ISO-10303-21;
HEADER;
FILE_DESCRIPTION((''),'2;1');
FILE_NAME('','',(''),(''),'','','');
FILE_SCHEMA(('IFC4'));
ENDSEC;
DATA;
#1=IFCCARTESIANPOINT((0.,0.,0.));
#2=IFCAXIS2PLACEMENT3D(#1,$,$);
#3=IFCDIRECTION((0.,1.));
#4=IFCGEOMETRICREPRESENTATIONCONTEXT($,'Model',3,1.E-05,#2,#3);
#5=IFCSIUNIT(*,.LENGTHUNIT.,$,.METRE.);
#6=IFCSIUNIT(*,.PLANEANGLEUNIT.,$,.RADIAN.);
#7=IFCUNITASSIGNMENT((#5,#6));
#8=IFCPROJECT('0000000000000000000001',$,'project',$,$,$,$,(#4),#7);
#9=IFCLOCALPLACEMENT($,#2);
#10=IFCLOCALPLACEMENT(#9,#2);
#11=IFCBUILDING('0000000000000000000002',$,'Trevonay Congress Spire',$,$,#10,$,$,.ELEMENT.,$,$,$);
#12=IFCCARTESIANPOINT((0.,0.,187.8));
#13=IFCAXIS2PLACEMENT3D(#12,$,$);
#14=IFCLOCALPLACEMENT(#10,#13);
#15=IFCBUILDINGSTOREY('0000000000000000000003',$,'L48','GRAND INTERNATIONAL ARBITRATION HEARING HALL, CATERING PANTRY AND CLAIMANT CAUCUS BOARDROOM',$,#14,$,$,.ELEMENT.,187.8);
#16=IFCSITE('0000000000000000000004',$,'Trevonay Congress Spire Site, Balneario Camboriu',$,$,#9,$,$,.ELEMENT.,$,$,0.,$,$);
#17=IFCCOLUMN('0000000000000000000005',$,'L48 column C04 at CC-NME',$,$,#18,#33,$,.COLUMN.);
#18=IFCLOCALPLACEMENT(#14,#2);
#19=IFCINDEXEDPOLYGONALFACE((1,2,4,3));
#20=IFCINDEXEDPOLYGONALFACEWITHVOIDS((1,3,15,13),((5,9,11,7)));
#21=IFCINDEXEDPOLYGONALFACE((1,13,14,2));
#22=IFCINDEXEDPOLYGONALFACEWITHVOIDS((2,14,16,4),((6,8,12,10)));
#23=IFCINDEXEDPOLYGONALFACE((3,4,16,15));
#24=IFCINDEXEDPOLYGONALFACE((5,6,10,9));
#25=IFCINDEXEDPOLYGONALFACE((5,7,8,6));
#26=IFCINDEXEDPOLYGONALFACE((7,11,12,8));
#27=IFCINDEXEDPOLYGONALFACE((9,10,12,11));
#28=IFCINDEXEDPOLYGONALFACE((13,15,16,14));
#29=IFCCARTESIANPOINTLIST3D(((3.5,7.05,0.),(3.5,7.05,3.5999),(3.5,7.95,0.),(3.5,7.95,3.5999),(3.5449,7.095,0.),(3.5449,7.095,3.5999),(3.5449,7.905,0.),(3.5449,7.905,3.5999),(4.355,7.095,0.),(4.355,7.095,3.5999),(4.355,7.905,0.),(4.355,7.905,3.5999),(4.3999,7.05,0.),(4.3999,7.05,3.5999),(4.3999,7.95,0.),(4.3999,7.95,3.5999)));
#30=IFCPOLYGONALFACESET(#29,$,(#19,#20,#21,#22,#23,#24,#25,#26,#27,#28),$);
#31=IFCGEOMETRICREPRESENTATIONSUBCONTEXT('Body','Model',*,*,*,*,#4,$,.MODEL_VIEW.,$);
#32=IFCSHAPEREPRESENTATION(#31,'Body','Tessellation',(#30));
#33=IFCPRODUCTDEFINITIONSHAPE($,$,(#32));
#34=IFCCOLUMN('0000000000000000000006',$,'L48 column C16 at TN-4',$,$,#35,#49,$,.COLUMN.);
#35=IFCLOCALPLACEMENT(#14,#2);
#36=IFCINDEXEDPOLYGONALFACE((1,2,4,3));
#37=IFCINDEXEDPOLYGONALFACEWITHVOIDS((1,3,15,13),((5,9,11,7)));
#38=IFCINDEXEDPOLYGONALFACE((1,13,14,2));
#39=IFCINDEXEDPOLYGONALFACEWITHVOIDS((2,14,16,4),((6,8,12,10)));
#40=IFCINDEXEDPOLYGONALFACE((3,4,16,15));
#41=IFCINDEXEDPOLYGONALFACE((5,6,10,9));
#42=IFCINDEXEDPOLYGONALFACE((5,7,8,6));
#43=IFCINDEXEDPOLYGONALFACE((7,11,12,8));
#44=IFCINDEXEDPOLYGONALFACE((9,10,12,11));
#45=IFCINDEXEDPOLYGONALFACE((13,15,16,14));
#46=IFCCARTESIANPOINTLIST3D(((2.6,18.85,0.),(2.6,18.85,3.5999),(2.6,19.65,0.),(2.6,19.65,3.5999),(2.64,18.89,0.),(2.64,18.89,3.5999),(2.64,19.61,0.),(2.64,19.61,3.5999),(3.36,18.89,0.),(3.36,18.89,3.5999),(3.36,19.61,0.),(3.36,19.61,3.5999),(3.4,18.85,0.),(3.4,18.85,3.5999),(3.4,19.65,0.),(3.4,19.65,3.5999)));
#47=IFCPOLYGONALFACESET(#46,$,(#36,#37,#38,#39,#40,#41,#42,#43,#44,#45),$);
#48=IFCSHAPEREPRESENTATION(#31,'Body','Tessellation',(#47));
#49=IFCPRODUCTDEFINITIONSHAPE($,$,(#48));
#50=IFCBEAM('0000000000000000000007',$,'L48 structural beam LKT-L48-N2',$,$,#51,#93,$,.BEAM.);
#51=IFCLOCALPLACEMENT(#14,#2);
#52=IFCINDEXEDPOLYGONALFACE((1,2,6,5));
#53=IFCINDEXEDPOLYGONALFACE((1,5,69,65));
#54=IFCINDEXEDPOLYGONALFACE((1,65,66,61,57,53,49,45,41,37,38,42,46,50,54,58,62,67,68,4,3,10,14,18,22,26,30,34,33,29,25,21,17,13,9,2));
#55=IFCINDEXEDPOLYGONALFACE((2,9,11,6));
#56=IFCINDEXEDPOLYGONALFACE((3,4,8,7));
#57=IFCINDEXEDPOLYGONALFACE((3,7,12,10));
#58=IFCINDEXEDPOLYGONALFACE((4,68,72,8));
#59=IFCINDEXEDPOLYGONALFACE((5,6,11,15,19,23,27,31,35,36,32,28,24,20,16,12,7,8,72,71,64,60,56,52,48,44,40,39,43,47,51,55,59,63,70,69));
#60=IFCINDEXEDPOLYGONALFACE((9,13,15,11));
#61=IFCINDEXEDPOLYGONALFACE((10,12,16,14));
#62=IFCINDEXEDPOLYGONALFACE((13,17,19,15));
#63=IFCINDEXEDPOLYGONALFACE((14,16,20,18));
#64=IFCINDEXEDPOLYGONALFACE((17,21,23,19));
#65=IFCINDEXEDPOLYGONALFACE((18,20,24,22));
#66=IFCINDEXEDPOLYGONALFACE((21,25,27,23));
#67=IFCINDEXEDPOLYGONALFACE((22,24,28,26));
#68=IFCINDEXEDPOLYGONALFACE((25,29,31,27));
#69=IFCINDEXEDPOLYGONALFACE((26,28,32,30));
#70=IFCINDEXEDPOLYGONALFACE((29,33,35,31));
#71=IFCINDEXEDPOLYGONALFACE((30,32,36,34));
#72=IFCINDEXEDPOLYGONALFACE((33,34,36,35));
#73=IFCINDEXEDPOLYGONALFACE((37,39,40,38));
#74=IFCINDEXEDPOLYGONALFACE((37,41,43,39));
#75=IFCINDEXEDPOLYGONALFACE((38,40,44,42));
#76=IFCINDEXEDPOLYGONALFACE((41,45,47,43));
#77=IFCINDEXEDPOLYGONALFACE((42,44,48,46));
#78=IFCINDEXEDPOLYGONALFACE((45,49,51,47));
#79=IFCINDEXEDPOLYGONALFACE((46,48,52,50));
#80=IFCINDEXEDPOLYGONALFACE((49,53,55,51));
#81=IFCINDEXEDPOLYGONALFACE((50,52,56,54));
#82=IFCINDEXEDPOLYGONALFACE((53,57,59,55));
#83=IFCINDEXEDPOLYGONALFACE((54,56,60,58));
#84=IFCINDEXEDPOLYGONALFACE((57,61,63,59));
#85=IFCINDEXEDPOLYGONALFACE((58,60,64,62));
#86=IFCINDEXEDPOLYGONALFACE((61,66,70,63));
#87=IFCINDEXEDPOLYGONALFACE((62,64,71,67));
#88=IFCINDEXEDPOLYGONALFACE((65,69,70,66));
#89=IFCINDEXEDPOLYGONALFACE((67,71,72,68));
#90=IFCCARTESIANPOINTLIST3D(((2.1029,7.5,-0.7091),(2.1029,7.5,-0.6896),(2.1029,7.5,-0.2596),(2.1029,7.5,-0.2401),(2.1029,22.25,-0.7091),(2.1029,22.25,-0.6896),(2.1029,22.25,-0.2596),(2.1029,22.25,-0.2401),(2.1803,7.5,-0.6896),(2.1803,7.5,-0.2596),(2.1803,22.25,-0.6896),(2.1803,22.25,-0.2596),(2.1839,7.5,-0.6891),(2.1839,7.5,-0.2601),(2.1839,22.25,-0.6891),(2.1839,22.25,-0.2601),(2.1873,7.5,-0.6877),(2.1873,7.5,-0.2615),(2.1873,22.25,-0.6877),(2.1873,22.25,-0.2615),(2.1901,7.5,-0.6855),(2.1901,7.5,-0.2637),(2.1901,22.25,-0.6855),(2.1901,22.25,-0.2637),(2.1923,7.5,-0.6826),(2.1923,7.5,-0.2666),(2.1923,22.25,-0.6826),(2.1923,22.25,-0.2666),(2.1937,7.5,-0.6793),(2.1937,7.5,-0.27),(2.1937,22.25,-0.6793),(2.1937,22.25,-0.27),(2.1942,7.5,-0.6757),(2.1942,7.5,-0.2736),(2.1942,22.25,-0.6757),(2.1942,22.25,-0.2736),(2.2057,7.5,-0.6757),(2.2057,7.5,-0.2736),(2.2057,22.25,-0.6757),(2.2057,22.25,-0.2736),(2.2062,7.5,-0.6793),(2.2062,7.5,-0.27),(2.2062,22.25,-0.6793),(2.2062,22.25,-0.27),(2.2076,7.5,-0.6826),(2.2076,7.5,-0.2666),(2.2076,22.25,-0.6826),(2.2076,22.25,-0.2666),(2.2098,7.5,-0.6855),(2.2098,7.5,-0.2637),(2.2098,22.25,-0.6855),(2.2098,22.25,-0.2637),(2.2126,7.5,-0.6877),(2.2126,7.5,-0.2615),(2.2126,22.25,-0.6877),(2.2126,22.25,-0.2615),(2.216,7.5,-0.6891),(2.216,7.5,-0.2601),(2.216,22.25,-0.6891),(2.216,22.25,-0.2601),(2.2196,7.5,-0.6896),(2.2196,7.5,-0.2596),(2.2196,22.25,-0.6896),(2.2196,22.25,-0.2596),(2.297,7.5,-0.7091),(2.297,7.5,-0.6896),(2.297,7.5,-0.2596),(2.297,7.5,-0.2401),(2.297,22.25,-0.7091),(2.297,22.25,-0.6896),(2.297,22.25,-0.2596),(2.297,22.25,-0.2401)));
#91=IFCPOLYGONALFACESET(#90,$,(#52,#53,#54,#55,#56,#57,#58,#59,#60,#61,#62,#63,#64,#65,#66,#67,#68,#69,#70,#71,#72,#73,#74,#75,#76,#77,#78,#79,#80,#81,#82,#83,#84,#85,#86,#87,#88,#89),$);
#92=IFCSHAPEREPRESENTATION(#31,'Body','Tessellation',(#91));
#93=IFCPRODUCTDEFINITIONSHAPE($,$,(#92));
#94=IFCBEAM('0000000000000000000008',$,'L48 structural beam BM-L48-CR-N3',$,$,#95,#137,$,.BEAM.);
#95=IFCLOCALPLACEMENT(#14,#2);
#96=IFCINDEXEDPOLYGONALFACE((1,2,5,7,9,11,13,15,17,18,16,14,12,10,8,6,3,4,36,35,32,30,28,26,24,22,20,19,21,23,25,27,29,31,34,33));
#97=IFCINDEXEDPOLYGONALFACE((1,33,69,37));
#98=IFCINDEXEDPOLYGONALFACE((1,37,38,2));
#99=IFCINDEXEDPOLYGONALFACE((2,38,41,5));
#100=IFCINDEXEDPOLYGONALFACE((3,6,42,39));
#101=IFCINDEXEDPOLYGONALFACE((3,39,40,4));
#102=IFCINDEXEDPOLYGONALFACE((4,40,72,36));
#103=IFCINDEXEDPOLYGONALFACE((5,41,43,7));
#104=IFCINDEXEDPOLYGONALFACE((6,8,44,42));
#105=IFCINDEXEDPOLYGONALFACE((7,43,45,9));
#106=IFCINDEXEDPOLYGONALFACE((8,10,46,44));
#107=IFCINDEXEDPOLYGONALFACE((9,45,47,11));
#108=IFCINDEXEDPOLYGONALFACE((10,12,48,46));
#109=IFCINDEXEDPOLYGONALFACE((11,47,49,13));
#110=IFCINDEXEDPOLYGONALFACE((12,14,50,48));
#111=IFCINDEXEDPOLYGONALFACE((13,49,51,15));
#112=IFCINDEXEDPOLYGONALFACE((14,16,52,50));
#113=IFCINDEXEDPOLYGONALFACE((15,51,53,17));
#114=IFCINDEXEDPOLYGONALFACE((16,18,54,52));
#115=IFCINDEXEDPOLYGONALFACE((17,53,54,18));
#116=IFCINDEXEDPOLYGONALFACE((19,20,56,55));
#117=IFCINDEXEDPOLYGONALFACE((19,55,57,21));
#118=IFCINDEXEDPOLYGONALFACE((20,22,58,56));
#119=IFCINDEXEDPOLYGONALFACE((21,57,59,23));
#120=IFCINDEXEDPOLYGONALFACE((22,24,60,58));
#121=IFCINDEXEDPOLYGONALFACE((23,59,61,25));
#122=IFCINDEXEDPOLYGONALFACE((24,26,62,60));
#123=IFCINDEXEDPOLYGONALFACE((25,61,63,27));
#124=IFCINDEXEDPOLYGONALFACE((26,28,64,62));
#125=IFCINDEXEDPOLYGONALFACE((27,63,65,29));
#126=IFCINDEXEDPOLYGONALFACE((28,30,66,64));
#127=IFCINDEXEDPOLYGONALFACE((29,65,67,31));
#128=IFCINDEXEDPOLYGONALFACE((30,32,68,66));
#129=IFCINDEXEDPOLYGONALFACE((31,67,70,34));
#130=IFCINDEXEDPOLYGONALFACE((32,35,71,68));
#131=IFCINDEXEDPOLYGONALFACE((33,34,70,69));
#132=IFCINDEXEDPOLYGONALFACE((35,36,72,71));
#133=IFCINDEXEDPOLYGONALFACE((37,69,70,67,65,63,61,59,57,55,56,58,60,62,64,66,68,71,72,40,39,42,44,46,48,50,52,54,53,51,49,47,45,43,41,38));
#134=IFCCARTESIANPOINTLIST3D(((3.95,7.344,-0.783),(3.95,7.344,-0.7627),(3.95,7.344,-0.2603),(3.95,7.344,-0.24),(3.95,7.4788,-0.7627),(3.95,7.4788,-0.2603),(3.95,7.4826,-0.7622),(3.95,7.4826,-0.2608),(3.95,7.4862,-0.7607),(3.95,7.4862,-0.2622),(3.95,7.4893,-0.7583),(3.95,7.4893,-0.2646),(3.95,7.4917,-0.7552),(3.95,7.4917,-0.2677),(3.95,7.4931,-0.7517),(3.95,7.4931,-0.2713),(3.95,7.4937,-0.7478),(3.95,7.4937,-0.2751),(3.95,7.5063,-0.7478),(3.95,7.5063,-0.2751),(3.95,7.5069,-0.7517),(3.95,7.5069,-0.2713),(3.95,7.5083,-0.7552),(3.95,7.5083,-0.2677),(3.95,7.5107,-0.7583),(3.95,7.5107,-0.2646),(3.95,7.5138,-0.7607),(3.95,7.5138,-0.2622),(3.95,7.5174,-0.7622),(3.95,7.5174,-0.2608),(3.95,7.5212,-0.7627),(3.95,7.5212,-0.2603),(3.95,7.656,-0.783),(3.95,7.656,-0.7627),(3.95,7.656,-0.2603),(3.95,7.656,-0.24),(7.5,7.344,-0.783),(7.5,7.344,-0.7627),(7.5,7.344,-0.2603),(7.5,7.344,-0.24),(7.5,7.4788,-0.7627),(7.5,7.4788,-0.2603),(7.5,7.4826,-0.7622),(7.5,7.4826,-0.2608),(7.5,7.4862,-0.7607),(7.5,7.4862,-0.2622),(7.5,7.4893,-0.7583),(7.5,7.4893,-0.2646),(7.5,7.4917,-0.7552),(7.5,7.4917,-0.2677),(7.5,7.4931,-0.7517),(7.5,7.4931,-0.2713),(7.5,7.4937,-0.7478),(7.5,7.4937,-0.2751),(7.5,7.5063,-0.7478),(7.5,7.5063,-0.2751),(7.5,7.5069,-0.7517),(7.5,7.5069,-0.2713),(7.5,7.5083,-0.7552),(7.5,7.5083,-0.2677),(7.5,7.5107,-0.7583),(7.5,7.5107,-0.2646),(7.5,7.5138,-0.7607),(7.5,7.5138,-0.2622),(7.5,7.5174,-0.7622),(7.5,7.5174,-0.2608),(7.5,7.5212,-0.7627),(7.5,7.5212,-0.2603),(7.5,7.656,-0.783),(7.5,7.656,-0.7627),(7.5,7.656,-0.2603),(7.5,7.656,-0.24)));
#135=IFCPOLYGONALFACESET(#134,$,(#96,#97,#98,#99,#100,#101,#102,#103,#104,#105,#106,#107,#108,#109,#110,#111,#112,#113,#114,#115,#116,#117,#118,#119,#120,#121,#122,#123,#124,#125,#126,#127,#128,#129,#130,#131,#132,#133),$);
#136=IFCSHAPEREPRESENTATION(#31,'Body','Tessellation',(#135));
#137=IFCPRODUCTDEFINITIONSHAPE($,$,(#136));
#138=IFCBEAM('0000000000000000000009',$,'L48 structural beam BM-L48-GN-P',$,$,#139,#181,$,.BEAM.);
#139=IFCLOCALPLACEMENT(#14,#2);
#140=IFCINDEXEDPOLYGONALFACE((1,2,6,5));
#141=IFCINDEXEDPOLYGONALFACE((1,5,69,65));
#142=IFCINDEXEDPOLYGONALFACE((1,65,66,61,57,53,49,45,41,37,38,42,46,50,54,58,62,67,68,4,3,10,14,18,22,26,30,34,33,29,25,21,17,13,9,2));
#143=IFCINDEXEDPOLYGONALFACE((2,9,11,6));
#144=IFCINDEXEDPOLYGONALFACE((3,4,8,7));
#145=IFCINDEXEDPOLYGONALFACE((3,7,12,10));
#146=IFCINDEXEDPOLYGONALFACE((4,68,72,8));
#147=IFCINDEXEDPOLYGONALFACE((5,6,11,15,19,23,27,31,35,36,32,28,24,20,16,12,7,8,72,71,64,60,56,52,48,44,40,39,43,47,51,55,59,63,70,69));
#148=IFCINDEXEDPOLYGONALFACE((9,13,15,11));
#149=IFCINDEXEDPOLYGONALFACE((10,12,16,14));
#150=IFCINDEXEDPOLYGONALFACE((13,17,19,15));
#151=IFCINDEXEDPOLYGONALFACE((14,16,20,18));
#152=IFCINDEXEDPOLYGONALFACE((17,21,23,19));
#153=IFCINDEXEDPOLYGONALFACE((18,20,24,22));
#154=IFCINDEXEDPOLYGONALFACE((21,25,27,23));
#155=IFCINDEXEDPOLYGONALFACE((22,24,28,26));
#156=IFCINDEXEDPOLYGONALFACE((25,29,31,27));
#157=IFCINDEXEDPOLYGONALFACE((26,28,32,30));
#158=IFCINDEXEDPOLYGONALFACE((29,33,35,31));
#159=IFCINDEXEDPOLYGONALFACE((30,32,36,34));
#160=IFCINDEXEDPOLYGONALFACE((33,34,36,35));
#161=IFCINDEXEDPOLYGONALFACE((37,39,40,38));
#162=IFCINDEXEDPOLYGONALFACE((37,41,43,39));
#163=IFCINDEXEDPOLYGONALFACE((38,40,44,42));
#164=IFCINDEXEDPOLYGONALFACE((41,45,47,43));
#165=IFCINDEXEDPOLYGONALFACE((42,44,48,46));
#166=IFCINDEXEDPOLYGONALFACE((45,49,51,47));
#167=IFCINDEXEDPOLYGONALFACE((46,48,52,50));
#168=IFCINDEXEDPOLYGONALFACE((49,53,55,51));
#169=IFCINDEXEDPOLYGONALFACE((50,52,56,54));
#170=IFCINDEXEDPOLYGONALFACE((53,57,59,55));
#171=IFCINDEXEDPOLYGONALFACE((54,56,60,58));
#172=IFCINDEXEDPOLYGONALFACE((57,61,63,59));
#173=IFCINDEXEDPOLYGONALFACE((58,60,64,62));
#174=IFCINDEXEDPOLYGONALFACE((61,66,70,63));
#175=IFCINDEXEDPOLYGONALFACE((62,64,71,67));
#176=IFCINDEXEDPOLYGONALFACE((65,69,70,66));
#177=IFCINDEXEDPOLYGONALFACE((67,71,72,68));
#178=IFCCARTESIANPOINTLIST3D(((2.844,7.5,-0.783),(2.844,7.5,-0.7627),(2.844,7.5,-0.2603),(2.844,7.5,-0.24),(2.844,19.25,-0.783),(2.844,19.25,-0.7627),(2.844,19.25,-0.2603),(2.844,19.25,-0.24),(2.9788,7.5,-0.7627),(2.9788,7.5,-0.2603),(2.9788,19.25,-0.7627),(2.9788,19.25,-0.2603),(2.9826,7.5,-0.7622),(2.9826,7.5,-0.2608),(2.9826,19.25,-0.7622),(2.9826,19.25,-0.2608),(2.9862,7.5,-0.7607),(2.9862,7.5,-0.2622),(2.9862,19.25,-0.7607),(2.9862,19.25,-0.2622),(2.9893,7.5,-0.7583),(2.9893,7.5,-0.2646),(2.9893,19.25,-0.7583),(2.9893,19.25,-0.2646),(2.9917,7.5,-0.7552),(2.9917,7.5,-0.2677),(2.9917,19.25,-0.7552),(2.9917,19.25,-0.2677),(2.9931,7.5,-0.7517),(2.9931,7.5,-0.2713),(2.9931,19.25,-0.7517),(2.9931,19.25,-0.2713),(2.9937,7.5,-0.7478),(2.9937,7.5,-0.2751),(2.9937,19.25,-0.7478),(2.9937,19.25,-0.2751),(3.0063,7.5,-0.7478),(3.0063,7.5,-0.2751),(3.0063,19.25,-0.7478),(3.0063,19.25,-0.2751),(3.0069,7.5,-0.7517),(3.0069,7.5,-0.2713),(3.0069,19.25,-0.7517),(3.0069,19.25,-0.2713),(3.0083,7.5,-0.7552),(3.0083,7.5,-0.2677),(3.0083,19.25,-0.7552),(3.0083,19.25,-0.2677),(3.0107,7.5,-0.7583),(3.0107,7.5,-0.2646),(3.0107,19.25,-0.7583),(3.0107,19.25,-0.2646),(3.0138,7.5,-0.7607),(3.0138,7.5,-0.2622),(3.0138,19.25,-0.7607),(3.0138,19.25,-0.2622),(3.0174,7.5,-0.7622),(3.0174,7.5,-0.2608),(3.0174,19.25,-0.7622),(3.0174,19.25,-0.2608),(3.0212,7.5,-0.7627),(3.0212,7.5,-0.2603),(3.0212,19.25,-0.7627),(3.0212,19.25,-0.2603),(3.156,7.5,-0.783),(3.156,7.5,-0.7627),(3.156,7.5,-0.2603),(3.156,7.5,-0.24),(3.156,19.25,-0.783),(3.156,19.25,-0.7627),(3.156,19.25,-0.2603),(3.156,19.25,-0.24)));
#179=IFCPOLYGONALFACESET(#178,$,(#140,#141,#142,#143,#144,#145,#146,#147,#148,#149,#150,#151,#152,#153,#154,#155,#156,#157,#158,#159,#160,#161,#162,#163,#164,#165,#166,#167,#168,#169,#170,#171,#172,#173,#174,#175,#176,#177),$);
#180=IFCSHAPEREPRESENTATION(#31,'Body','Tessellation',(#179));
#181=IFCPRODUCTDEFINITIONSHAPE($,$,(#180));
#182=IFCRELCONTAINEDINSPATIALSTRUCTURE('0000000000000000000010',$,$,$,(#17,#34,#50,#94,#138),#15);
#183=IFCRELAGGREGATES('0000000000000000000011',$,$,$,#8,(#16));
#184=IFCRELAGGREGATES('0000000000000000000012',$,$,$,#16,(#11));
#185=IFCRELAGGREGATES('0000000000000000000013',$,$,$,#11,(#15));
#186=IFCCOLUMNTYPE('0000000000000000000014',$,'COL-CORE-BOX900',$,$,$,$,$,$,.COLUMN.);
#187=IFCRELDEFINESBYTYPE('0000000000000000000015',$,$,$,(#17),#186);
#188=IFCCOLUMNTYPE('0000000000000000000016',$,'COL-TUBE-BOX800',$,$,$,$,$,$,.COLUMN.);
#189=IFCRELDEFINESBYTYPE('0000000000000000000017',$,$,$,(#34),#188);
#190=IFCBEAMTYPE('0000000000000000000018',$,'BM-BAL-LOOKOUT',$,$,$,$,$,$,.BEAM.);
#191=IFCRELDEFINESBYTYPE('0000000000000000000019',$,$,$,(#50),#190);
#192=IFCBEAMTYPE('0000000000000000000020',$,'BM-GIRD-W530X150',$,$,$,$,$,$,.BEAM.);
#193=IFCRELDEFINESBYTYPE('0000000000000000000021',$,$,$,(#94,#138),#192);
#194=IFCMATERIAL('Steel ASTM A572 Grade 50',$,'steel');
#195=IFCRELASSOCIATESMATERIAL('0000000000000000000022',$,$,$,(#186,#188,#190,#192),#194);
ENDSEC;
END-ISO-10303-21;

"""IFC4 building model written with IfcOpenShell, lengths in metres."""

from ifc_helpers import new_model, si_unit, direction, frame, origin, origin_2d, place, context, subcontext, project, spatial, hollow_rectangle, i_section, extrude, material, material_profile, profile_set, type_object, element, save


model = new_model("IFC4")

# Units and contexts
model_context = context("Model", 3, precision=1e-05, world=origin(), true_north=direction((0.0, 1.0)))
body_context = subcontext(model_context, "Body", "Model", "MODEL_VIEW")
ifc_project = project(units=[si_unit("LENGTHUNIT", "METRE"), si_unit("PLANEANGLEUNIT", "RADIAN")], contexts=[model_context])

# Site, building, storey
site_placement = place(None, origin())
site = spatial("IfcSite", under=ifc_project, at=site_placement, Name="Trevonay Congress Spire Site, Balneario Camboriu", CompositionType="ELEMENT", RefElevation=0.0)
building_placement = place(site_placement, origin())
building = spatial("IfcBuilding", under=site, at=building_placement, Name="Trevonay Congress Spire", CompositionType="ELEMENT")
storey_placement = place(building_placement, frame((0.0, 0.0, 187.8)))
storey = spatial("IfcBuildingStorey", under=building, at=storey_placement, Name="L48", Description="GRAND INTERNATIONAL ARBITRATION HEARING HALL, CATERING PANTRY AND CLAIMANT CAUCUS BOARDROOM", CompositionType="ELEMENT", Elevation=187.8)

# Columns
ifc_material_1 = material(Name="Steel ASTM A572 Grade 50", Category="steel")
ifc_material_profile_1 = material_profile(ifc_material_1, hollow_rectangle(XDim=0.8999, YDim=0.8999, WallThickness=0.0449, at=origin_2d()), Name="BOX 900x900x45")
ifc_profile_set_1 = profile_set([ifc_material_profile_1], Name="Steel ASTM A572 Grade 50")
column_type_1 = type_object("IfcColumnType", Name="COL-CORE-BOX900", PredefinedType="COLUMN", material=ifc_profile_set_1)
column_1_placement = place(storey_placement, frame((3.95, 7.5, 0.0), z_axis=(0.0, 0.0, 1.0), x_axis=(1.0, 0.0, 0.0)))
element("IfcColumn", 1, at=column_1_placement, inside=storey, type_object=column_type_1, Name="L48 column C04 at CC-NME", PredefinedType="COLUMN", context=body_context, shape_type="SweptSolid", body=[
    extrude(hollow_rectangle(XDim=0.8999, YDim=0.8999, WallThickness=0.0449, at=origin_2d()), origin(), (0.0, 0.0, 1.0), 3.5999),
])
ifc_material_profile_2 = material_profile(ifc_material_1, hollow_rectangle(XDim=0.8, YDim=0.8, WallThickness=0.04, at=origin_2d()), Name="BOX 800x800x40")
ifc_profile_set_2 = profile_set([ifc_material_profile_2], Name="Steel ASTM A572 Grade 50")
column_type_2 = type_object("IfcColumnType", Name="COL-TUBE-BOX800", PredefinedType="COLUMN", material=ifc_profile_set_2)
column_2_placement = place(storey_placement, frame((3.0, 19.25, 0.0), z_axis=(0.0, 0.0, 1.0), x_axis=(1.0, 0.0, 0.0)))
element("IfcColumn", 2, at=column_2_placement, inside=storey, type_object=column_type_2, Name="L48 column C16 at TN-4", PredefinedType="COLUMN", context=body_context, shape_type="SweptSolid", body=[
    extrude(hollow_rectangle(XDim=0.8, YDim=0.8, WallThickness=0.04, at=origin_2d()), origin(), (0.0, 0.0, 1.0), 3.5999),
])

# Beams
ifc_material_profile_3 = material_profile(ifc_material_1, i_section(OverallWidth=0.1941, OverallDepth=0.469, WebThickness=0.0115, FlangeThickness=0.0195, FilletRadius=0.0139, at=origin_2d()), Name="W460x106")
ifc_profile_set_3 = profile_set([ifc_material_profile_3], Name="Steel ASTM A572 Grade 50")
beam_type_1 = type_object("IfcBeamType", Name="BM-BAL-LOOKOUT", PredefinedType="BEAM", material=ifc_profile_set_3)
beam_1_placement = place(storey_placement, frame((2.2, 7.5, -0.4746), z_axis=(0.0, 1.0, 0.0), x_axis=(-1.0, 0.0, 0.0)))
element("IfcBeam", 3, at=beam_1_placement, inside=storey, type_object=beam_type_1, Name="L48 structural beam LKT-L48-N2", PredefinedType="BEAM", context=body_context, shape_type="SweptSolid", body=[
    extrude(i_section(OverallWidth=0.1941, OverallDepth=0.469, WebThickness=0.0115, FlangeThickness=0.0195, FilletRadius=0.0139, at=origin_2d()), origin(), (0.0, 0.0, 1.0), 14.75),
])
ifc_material_profile_4 = material_profile(ifc_material_1, i_section(OverallWidth=0.312, OverallDepth=0.543, WebThickness=0.0127, FlangeThickness=0.0203, FilletRadius=0.0149, at=origin_2d()), Name="W530x150")
ifc_profile_set_4 = profile_set([ifc_material_profile_4], Name="Steel ASTM A572 Grade 50")
beam_type_2 = type_object("IfcBeamType", Name="BM-GIRD-W530X150", PredefinedType="BEAM", material=ifc_profile_set_4)
beam_2_placement = place(storey_placement, frame((3.95, 7.5, -0.5115), z_axis=(1.0, 0.0, 0.0), x_axis=(0.0, 1.0, 0.0)))
element("IfcBeam", 4, at=beam_2_placement, inside=storey, type_object=beam_type_2, Name="L48 structural beam BM-L48-CR-N3", PredefinedType="BEAM", context=body_context, shape_type="SweptSolid", body=[
    extrude(i_section(OverallWidth=0.312, OverallDepth=0.543, WebThickness=0.0127, FlangeThickness=0.0203, FilletRadius=0.0149, at=origin_2d()), origin(), (0.0, 0.0, 1.0), 3.55),
])
beam_3_placement = place(storey_placement, frame((3.0, 7.5, -0.5115), z_axis=(0.0, 1.0, 0.0), x_axis=(-1.0, 0.0, 0.0)))
element("IfcBeam", 5, at=beam_3_placement, inside=storey, type_object=beam_type_2, Name="L48 structural beam BM-L48-GN-P", PredefinedType="BEAM", context=body_context, shape_type="SweptSolid", body=[
    extrude(i_section(OverallWidth=0.312, OverallDepth=0.543, WebThickness=0.0127, FlangeThickness=0.0203, FilletRadius=0.0149, at=origin_2d()), origin(), (0.0, 0.0, 1.0), 11.75),
])

save(model, "model.ifc")
